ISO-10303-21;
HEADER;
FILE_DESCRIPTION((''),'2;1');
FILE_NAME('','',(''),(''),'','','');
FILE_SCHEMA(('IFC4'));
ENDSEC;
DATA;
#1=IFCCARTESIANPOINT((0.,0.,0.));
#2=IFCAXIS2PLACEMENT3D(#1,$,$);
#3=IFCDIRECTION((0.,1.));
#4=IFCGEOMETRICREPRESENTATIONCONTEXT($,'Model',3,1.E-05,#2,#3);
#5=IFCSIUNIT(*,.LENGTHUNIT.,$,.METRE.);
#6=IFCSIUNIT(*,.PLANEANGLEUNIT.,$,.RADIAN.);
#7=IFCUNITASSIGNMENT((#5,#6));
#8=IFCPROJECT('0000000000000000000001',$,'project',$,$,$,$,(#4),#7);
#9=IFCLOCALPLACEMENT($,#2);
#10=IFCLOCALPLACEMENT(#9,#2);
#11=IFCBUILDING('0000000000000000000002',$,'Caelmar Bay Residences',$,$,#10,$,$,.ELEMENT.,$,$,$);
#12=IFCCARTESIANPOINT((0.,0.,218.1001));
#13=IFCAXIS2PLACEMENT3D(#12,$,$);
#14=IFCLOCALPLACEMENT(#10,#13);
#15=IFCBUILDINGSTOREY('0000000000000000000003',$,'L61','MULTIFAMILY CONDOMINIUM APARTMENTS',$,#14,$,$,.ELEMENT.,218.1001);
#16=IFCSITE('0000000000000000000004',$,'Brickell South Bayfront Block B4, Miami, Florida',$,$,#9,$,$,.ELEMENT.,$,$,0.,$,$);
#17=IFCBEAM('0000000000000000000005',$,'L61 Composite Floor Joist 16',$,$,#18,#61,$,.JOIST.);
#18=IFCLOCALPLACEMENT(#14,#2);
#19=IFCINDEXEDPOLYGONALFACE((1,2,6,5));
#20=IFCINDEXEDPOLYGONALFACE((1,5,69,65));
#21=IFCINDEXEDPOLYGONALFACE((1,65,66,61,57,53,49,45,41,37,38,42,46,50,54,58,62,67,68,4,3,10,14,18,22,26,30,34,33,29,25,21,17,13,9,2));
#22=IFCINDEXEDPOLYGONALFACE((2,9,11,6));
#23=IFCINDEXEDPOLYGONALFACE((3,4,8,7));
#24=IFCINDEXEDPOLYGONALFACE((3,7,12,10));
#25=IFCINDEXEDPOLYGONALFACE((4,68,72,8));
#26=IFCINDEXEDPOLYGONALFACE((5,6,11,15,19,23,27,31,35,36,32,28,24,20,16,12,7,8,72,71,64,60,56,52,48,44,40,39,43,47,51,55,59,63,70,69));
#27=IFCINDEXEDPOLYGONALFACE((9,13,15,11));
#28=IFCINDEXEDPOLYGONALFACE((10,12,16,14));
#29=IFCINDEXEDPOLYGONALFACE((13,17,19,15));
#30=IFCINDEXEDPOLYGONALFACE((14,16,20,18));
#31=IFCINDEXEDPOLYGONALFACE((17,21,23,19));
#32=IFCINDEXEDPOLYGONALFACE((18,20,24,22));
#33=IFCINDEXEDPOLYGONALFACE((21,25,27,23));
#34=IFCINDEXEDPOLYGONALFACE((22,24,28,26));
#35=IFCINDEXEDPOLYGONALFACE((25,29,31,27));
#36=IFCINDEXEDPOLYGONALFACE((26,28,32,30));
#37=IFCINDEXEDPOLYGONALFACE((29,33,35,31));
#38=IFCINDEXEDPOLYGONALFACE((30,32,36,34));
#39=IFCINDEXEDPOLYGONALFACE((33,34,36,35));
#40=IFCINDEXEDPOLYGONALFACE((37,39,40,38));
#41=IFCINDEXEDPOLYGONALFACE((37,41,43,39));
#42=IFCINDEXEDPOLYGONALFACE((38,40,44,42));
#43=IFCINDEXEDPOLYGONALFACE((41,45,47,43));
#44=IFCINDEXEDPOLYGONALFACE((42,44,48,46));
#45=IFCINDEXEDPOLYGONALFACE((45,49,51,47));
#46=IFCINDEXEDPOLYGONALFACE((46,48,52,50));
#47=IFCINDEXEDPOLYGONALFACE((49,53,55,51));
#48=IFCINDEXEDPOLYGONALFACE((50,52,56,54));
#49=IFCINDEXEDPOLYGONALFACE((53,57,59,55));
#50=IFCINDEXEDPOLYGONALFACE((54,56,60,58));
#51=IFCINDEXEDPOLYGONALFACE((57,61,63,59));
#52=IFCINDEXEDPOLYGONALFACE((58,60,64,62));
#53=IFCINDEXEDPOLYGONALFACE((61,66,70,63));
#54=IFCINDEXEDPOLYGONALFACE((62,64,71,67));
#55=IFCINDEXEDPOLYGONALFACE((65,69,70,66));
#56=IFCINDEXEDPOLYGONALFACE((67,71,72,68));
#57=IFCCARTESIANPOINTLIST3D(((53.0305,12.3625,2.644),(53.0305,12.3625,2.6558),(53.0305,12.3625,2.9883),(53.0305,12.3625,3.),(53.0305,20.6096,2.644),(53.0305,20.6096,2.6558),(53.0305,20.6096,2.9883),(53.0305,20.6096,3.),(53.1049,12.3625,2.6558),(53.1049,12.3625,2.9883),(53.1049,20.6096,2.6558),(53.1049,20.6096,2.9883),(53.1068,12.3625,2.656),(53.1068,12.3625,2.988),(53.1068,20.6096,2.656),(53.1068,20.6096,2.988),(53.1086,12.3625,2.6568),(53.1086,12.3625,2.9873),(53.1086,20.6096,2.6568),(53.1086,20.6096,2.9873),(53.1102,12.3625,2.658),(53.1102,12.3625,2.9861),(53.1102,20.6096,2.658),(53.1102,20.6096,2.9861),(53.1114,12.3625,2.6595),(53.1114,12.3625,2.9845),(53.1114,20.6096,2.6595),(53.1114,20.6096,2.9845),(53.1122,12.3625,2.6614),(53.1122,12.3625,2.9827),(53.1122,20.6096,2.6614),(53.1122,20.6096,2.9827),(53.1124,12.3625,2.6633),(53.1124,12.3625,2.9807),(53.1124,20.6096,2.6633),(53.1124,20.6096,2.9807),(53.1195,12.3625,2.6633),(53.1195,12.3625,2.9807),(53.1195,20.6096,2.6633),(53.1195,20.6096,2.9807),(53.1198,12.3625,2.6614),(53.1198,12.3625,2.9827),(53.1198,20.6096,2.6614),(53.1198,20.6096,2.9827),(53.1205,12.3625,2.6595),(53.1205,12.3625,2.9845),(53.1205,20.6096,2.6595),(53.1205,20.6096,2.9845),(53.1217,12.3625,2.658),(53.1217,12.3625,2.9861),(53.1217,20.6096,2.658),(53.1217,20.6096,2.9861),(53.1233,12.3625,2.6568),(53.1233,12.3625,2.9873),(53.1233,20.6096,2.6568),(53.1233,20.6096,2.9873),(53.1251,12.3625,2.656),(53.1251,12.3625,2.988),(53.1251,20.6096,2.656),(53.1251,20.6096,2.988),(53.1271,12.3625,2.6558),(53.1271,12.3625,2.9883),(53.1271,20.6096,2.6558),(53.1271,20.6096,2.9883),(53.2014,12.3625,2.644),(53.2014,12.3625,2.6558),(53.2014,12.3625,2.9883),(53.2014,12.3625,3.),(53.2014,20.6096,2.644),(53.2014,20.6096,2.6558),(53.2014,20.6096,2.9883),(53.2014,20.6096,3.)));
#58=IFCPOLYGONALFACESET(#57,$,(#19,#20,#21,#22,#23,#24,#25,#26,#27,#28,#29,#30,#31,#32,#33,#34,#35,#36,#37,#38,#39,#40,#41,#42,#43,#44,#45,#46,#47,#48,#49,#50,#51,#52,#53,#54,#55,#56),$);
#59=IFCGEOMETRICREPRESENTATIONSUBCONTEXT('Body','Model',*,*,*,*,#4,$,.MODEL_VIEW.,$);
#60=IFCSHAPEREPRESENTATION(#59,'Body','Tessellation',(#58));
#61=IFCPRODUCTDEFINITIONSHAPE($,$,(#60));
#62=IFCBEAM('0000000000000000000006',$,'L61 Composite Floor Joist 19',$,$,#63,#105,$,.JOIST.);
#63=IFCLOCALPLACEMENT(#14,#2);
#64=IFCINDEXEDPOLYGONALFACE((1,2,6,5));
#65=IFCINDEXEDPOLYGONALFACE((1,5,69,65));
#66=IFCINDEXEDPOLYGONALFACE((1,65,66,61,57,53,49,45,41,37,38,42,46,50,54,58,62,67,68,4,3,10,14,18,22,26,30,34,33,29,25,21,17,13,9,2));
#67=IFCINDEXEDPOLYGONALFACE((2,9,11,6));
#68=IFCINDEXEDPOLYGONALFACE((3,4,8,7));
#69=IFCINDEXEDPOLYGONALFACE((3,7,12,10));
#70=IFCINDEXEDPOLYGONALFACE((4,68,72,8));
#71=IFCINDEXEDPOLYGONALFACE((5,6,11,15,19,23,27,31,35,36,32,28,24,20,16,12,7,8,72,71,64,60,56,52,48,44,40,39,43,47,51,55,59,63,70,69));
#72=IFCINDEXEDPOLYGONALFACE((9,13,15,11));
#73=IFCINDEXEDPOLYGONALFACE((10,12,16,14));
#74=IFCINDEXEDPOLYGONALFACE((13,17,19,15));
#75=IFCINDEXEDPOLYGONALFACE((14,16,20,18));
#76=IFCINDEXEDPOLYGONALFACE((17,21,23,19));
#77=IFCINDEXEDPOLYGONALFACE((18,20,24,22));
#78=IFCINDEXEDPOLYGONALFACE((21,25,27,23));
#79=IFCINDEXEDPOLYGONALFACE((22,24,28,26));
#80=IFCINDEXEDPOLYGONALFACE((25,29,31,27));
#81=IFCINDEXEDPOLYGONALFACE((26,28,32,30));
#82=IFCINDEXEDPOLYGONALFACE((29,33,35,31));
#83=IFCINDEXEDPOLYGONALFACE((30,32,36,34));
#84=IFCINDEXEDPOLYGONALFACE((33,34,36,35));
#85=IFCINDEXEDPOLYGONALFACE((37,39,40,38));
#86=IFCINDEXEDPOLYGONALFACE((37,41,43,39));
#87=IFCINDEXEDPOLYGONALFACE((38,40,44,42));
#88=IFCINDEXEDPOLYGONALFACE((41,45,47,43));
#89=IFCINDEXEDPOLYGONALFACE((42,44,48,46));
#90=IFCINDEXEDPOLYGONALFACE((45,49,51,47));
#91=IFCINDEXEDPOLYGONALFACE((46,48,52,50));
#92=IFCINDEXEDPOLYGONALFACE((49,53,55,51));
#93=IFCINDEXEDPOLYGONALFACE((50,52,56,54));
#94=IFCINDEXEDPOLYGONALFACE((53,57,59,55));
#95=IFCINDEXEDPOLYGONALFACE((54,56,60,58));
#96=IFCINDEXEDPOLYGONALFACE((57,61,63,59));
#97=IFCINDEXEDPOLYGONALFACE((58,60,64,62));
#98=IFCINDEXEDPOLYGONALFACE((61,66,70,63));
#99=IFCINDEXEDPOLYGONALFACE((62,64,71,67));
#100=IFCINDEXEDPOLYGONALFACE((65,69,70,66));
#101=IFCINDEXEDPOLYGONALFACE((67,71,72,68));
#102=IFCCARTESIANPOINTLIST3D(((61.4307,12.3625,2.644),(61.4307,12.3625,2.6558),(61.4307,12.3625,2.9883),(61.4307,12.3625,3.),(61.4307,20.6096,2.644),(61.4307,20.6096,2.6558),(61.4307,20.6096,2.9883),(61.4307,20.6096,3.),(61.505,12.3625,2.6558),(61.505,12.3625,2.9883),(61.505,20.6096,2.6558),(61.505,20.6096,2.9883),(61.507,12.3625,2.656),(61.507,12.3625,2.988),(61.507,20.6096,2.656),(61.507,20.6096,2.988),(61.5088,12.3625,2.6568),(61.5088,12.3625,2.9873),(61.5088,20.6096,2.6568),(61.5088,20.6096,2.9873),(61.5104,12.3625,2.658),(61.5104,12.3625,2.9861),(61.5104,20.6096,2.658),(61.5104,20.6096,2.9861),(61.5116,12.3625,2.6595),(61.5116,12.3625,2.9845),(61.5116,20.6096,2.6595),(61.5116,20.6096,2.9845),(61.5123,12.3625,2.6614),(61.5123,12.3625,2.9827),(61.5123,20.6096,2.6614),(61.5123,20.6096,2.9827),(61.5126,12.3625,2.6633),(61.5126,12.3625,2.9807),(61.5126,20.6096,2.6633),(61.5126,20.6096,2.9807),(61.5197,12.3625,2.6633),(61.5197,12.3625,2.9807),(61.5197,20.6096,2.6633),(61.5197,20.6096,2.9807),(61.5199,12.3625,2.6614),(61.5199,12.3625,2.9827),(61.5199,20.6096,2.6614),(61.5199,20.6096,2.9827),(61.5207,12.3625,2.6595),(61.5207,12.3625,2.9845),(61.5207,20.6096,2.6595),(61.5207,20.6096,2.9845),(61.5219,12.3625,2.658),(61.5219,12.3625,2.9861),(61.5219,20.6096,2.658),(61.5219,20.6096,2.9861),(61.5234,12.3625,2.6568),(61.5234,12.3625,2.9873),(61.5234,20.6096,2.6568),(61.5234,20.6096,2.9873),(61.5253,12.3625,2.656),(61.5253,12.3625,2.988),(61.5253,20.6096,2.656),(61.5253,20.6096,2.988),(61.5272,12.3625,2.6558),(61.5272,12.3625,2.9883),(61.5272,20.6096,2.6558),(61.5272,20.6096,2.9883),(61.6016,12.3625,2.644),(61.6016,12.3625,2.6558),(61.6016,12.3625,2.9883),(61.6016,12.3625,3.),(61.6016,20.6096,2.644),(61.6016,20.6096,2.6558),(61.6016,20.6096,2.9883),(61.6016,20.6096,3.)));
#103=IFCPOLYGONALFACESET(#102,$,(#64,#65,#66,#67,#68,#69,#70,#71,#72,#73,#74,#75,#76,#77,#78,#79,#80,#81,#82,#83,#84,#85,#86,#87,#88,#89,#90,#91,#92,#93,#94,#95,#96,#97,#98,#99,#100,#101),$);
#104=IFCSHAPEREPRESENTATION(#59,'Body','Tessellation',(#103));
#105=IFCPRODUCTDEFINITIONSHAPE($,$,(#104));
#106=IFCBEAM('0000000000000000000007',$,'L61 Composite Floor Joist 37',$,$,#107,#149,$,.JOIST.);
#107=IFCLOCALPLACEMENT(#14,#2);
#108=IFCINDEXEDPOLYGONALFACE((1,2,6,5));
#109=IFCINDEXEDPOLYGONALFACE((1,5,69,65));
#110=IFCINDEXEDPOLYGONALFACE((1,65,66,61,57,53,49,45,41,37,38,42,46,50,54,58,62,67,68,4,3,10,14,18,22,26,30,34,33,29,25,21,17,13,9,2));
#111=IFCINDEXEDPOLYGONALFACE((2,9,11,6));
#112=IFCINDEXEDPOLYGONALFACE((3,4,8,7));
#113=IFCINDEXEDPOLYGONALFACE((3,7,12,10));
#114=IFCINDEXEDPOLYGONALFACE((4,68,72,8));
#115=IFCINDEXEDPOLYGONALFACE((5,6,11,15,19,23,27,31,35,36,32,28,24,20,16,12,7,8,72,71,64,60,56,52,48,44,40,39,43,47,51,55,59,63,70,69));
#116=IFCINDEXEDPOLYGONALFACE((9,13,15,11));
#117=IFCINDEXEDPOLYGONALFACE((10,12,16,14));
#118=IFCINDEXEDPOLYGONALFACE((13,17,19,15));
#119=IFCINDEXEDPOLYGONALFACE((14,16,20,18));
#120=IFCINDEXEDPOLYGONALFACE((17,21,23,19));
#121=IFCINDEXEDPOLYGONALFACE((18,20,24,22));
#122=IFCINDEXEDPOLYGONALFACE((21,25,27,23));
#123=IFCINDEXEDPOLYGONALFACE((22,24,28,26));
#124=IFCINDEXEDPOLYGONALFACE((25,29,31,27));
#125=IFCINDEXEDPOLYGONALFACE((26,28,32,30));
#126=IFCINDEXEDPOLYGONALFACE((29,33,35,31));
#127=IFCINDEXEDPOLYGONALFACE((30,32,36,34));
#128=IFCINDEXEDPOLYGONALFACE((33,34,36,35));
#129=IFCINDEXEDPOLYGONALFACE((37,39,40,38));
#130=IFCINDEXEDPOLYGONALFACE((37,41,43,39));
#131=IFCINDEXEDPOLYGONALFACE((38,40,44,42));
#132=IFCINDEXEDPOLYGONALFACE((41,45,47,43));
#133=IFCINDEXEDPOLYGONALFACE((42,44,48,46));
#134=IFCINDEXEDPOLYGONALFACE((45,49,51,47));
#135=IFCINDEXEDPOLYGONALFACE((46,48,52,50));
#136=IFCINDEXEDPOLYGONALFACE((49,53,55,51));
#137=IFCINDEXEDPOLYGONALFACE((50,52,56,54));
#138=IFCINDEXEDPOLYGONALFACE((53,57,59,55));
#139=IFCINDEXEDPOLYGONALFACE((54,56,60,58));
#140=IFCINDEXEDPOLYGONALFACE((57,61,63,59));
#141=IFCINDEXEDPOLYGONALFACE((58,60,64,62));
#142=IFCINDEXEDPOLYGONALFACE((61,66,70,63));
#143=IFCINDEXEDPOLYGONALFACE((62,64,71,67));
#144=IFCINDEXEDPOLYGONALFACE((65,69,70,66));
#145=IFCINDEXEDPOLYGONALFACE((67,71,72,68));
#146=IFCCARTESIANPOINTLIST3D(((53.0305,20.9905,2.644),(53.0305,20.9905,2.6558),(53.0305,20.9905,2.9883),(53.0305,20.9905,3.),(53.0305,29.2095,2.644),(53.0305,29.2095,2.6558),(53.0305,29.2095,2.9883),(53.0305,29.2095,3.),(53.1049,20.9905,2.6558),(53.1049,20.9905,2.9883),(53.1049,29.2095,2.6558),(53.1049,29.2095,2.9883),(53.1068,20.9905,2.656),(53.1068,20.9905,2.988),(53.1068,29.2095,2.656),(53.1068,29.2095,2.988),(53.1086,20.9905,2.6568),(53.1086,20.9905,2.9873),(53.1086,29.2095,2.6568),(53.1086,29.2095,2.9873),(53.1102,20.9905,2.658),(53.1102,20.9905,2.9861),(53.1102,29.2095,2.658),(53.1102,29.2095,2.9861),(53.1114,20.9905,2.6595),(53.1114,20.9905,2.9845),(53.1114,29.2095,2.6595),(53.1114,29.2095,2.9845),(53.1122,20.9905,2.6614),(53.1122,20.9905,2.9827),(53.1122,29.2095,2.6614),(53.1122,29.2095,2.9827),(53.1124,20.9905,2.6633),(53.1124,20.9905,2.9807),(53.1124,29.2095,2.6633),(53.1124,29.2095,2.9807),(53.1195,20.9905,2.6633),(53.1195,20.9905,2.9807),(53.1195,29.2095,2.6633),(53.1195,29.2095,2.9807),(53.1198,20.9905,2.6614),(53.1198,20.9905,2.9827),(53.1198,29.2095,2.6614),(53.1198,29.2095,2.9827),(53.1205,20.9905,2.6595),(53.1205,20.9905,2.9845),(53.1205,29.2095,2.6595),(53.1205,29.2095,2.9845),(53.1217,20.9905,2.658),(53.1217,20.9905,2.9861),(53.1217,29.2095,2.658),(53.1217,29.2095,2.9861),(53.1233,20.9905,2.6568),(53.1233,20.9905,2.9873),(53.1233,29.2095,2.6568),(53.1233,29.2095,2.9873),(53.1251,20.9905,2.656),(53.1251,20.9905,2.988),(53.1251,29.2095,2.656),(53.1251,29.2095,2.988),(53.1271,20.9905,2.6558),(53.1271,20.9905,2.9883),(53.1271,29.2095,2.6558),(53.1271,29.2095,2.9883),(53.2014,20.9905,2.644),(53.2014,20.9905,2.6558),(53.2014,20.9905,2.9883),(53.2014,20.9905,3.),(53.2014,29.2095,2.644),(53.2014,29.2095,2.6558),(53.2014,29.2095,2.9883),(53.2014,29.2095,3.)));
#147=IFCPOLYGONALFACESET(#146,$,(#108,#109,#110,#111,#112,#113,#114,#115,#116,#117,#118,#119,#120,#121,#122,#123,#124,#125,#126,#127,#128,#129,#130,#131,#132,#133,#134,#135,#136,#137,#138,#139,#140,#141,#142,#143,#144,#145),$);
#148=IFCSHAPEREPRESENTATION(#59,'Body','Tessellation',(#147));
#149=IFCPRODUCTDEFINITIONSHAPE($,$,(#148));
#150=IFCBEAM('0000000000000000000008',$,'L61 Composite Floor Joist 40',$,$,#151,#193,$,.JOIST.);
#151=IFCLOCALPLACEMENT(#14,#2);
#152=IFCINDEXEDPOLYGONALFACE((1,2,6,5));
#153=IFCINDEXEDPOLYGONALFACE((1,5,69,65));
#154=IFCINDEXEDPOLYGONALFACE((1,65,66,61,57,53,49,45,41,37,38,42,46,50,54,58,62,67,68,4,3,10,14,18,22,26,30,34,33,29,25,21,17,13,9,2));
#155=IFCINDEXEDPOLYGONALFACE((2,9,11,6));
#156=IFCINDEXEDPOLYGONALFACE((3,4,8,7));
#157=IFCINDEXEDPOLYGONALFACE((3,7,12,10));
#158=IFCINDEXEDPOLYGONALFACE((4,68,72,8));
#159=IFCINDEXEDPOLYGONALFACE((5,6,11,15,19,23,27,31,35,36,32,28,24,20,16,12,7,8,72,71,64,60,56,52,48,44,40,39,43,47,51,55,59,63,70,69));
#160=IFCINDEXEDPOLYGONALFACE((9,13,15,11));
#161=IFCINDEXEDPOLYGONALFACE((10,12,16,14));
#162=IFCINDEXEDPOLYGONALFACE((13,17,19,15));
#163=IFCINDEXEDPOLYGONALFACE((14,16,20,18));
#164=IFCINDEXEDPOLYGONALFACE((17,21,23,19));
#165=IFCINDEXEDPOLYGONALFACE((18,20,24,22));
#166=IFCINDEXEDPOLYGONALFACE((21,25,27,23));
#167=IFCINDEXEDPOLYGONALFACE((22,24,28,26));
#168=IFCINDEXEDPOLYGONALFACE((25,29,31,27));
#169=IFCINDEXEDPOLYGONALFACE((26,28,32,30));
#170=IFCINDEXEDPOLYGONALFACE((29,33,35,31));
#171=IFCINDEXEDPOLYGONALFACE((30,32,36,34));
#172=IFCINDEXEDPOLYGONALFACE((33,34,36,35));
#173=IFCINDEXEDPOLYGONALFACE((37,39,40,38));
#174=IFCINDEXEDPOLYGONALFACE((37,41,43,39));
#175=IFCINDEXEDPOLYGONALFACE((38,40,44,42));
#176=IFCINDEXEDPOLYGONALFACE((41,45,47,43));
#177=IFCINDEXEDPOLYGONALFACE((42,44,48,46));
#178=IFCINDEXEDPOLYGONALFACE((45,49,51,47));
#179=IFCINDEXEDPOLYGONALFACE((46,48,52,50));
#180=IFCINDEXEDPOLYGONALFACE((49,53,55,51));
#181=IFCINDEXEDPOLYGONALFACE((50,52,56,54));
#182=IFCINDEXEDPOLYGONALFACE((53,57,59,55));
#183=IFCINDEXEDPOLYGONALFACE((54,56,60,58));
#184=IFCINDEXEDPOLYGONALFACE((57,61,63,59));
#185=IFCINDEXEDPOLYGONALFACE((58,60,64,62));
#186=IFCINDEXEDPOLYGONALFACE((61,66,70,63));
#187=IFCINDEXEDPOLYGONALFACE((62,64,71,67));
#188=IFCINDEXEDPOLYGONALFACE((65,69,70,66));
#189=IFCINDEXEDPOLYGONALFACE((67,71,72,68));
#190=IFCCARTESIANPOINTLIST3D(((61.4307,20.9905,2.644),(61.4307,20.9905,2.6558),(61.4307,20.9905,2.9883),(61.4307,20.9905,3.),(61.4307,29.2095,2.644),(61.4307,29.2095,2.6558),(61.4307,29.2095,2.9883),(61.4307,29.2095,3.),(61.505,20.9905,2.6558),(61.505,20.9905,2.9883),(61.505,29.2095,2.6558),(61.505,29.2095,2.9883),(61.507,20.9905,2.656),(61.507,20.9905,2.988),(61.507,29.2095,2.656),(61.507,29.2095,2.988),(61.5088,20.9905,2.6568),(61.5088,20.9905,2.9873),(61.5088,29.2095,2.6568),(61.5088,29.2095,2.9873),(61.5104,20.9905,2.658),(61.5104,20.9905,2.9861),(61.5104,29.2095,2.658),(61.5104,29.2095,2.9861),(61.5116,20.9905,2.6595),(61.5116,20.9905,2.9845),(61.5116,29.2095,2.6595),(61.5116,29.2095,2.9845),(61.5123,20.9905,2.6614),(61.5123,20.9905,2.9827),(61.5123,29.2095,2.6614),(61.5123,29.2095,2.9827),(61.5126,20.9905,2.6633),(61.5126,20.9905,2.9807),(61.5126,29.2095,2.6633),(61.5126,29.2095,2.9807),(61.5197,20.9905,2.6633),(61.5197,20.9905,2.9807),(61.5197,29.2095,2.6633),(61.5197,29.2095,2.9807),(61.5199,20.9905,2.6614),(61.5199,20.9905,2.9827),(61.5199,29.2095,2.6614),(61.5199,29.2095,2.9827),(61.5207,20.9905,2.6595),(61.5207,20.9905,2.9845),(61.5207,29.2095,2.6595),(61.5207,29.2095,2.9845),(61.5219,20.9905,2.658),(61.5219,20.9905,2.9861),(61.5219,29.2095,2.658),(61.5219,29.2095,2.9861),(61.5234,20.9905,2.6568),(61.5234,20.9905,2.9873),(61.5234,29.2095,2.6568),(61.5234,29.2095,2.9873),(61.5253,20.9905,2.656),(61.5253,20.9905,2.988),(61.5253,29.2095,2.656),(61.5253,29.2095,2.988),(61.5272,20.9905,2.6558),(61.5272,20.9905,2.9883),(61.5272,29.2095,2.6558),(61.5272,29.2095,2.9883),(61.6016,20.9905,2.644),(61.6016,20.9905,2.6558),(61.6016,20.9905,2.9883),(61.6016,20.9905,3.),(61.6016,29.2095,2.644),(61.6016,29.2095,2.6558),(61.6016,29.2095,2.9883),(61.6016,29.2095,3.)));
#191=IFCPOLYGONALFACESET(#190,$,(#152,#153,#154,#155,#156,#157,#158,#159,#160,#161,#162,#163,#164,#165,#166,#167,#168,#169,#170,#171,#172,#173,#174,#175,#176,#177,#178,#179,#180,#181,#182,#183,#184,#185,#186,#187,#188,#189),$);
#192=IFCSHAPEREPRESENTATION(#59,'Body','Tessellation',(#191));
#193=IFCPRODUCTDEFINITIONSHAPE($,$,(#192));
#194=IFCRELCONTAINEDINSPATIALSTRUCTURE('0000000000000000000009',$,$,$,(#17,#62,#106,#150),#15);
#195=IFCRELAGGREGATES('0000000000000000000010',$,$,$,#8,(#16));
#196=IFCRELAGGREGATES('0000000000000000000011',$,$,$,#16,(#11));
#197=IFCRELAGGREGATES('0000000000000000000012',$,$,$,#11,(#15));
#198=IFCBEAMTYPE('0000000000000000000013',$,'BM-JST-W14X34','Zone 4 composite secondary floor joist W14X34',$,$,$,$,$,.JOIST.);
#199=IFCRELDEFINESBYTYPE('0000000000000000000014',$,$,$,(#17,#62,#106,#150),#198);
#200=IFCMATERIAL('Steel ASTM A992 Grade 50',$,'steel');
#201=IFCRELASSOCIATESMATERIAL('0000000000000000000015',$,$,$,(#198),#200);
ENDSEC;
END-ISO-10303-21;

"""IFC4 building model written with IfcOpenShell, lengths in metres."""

from ifc_helpers import new_model, si_unit, direction, frame, origin, origin_2d, place, context, subcontext, project, spatial, i_section, extrude, material, material_profile, profile_set, type_object, element, save


model = new_model("IFC4")

# Units and contexts
model_context = context("Model", 3, precision=1e-05, world=origin(), true_north=direction((0.0, 1.0)))
body_context = subcontext(model_context, "Body", "Model", "MODEL_VIEW")
ifc_project = project(units=[si_unit("LENGTHUNIT", "METRE"), si_unit("PLANEANGLEUNIT", "RADIAN")], contexts=[model_context])

# Site, building, storey
site_placement = place(None, origin())
site = spatial("IfcSite", under=ifc_project, at=site_placement, Name="Brickell South Bayfront Block B4, Miami, Florida", CompositionType="ELEMENT", RefElevation=0.0)
building_placement = place(site_placement, origin())
building = spatial("IfcBuilding", under=site, at=building_placement, Name="Caelmar Bay Residences", CompositionType="ELEMENT")
storey_placement = place(building_placement, frame((0.0, 0.0, 218.1001)))
storey = spatial("IfcBuildingStorey", under=building, at=storey_placement, Name="L61", Description="MULTIFAMILY CONDOMINIUM APARTMENTS", CompositionType="ELEMENT", Elevation=218.1001)

# Beams
ifc_material_1 = material(Name="Steel ASTM A992 Grade 50", Category="steel")
ifc_material_profile_1 = material_profile(ifc_material_1, i_section(OverallWidth=0.1709, OverallDepth=0.356, WebThickness=0.0071, FlangeThickness=0.0117, FilletRadius=0.0076, at=origin_2d()), Name="W14X34")
ifc_profile_set_1 = profile_set([ifc_material_profile_1], Name="Steel ASTM A992 Grade 50")
beam_type_1 = type_object("IfcBeamType", Name="BM-JST-W14X34", Description="Zone 4 composite secondary floor joist W14X34", PredefinedType="JOIST", material=ifc_profile_set_1)
for number, where, z_axis, x_axis, name in (
    (1, (53.116, 12.3625, 2.822), (0.0, 1.0, 0.0), (-1.0, 0.0, 0.0), "L61 Composite Floor Joist 16"),
    (2, (61.5161, 12.3625, 2.822), (0.0, 1.0, 0.0), (-1.0, 0.0, 0.0), "L61 Composite Floor Joist 19"),
):
    element("IfcBeam", number, at=place(storey_placement, frame(where, z_axis=z_axis, x_axis=x_axis)), inside=storey, type_object=beam_type_1, Name=name, PredefinedType="JOIST", context=body_context, shape_type="SweptSolid", body=[
        extrude(i_section(OverallWidth=0.1709, OverallDepth=0.356, WebThickness=0.0071, FlangeThickness=0.0117, FilletRadius=0.0076, at=origin_2d()), origin(), (0.0, 0.0, 1.0), 8.2471),
    ])
for number, where, z_axis, x_axis, name in (
    (3, (53.116, 20.9905, 2.822), (0.0, 1.0, 0.0), (-1.0, 0.0, 0.0), "L61 Composite Floor Joist 37"),
    (4, (61.5161, 20.9905, 2.822), (0.0, 1.0, 0.0), (-1.0, 0.0, 0.0), "L61 Composite Floor Joist 40"),
):
    element("IfcBeam", number, at=place(storey_placement, frame(where, z_axis=z_axis, x_axis=x_axis)), inside=storey, type_object=beam_type_1, Name=name, PredefinedType="JOIST", context=body_context, shape_type="SweptSolid", body=[
        extrude(i_section(OverallWidth=0.1709, OverallDepth=0.356, WebThickness=0.0071, FlangeThickness=0.0117, FilletRadius=0.0076, at=origin_2d()), origin(), (0.0, 0.0, 1.0), 8.219),
    ])

save(model, "model.ifc")
